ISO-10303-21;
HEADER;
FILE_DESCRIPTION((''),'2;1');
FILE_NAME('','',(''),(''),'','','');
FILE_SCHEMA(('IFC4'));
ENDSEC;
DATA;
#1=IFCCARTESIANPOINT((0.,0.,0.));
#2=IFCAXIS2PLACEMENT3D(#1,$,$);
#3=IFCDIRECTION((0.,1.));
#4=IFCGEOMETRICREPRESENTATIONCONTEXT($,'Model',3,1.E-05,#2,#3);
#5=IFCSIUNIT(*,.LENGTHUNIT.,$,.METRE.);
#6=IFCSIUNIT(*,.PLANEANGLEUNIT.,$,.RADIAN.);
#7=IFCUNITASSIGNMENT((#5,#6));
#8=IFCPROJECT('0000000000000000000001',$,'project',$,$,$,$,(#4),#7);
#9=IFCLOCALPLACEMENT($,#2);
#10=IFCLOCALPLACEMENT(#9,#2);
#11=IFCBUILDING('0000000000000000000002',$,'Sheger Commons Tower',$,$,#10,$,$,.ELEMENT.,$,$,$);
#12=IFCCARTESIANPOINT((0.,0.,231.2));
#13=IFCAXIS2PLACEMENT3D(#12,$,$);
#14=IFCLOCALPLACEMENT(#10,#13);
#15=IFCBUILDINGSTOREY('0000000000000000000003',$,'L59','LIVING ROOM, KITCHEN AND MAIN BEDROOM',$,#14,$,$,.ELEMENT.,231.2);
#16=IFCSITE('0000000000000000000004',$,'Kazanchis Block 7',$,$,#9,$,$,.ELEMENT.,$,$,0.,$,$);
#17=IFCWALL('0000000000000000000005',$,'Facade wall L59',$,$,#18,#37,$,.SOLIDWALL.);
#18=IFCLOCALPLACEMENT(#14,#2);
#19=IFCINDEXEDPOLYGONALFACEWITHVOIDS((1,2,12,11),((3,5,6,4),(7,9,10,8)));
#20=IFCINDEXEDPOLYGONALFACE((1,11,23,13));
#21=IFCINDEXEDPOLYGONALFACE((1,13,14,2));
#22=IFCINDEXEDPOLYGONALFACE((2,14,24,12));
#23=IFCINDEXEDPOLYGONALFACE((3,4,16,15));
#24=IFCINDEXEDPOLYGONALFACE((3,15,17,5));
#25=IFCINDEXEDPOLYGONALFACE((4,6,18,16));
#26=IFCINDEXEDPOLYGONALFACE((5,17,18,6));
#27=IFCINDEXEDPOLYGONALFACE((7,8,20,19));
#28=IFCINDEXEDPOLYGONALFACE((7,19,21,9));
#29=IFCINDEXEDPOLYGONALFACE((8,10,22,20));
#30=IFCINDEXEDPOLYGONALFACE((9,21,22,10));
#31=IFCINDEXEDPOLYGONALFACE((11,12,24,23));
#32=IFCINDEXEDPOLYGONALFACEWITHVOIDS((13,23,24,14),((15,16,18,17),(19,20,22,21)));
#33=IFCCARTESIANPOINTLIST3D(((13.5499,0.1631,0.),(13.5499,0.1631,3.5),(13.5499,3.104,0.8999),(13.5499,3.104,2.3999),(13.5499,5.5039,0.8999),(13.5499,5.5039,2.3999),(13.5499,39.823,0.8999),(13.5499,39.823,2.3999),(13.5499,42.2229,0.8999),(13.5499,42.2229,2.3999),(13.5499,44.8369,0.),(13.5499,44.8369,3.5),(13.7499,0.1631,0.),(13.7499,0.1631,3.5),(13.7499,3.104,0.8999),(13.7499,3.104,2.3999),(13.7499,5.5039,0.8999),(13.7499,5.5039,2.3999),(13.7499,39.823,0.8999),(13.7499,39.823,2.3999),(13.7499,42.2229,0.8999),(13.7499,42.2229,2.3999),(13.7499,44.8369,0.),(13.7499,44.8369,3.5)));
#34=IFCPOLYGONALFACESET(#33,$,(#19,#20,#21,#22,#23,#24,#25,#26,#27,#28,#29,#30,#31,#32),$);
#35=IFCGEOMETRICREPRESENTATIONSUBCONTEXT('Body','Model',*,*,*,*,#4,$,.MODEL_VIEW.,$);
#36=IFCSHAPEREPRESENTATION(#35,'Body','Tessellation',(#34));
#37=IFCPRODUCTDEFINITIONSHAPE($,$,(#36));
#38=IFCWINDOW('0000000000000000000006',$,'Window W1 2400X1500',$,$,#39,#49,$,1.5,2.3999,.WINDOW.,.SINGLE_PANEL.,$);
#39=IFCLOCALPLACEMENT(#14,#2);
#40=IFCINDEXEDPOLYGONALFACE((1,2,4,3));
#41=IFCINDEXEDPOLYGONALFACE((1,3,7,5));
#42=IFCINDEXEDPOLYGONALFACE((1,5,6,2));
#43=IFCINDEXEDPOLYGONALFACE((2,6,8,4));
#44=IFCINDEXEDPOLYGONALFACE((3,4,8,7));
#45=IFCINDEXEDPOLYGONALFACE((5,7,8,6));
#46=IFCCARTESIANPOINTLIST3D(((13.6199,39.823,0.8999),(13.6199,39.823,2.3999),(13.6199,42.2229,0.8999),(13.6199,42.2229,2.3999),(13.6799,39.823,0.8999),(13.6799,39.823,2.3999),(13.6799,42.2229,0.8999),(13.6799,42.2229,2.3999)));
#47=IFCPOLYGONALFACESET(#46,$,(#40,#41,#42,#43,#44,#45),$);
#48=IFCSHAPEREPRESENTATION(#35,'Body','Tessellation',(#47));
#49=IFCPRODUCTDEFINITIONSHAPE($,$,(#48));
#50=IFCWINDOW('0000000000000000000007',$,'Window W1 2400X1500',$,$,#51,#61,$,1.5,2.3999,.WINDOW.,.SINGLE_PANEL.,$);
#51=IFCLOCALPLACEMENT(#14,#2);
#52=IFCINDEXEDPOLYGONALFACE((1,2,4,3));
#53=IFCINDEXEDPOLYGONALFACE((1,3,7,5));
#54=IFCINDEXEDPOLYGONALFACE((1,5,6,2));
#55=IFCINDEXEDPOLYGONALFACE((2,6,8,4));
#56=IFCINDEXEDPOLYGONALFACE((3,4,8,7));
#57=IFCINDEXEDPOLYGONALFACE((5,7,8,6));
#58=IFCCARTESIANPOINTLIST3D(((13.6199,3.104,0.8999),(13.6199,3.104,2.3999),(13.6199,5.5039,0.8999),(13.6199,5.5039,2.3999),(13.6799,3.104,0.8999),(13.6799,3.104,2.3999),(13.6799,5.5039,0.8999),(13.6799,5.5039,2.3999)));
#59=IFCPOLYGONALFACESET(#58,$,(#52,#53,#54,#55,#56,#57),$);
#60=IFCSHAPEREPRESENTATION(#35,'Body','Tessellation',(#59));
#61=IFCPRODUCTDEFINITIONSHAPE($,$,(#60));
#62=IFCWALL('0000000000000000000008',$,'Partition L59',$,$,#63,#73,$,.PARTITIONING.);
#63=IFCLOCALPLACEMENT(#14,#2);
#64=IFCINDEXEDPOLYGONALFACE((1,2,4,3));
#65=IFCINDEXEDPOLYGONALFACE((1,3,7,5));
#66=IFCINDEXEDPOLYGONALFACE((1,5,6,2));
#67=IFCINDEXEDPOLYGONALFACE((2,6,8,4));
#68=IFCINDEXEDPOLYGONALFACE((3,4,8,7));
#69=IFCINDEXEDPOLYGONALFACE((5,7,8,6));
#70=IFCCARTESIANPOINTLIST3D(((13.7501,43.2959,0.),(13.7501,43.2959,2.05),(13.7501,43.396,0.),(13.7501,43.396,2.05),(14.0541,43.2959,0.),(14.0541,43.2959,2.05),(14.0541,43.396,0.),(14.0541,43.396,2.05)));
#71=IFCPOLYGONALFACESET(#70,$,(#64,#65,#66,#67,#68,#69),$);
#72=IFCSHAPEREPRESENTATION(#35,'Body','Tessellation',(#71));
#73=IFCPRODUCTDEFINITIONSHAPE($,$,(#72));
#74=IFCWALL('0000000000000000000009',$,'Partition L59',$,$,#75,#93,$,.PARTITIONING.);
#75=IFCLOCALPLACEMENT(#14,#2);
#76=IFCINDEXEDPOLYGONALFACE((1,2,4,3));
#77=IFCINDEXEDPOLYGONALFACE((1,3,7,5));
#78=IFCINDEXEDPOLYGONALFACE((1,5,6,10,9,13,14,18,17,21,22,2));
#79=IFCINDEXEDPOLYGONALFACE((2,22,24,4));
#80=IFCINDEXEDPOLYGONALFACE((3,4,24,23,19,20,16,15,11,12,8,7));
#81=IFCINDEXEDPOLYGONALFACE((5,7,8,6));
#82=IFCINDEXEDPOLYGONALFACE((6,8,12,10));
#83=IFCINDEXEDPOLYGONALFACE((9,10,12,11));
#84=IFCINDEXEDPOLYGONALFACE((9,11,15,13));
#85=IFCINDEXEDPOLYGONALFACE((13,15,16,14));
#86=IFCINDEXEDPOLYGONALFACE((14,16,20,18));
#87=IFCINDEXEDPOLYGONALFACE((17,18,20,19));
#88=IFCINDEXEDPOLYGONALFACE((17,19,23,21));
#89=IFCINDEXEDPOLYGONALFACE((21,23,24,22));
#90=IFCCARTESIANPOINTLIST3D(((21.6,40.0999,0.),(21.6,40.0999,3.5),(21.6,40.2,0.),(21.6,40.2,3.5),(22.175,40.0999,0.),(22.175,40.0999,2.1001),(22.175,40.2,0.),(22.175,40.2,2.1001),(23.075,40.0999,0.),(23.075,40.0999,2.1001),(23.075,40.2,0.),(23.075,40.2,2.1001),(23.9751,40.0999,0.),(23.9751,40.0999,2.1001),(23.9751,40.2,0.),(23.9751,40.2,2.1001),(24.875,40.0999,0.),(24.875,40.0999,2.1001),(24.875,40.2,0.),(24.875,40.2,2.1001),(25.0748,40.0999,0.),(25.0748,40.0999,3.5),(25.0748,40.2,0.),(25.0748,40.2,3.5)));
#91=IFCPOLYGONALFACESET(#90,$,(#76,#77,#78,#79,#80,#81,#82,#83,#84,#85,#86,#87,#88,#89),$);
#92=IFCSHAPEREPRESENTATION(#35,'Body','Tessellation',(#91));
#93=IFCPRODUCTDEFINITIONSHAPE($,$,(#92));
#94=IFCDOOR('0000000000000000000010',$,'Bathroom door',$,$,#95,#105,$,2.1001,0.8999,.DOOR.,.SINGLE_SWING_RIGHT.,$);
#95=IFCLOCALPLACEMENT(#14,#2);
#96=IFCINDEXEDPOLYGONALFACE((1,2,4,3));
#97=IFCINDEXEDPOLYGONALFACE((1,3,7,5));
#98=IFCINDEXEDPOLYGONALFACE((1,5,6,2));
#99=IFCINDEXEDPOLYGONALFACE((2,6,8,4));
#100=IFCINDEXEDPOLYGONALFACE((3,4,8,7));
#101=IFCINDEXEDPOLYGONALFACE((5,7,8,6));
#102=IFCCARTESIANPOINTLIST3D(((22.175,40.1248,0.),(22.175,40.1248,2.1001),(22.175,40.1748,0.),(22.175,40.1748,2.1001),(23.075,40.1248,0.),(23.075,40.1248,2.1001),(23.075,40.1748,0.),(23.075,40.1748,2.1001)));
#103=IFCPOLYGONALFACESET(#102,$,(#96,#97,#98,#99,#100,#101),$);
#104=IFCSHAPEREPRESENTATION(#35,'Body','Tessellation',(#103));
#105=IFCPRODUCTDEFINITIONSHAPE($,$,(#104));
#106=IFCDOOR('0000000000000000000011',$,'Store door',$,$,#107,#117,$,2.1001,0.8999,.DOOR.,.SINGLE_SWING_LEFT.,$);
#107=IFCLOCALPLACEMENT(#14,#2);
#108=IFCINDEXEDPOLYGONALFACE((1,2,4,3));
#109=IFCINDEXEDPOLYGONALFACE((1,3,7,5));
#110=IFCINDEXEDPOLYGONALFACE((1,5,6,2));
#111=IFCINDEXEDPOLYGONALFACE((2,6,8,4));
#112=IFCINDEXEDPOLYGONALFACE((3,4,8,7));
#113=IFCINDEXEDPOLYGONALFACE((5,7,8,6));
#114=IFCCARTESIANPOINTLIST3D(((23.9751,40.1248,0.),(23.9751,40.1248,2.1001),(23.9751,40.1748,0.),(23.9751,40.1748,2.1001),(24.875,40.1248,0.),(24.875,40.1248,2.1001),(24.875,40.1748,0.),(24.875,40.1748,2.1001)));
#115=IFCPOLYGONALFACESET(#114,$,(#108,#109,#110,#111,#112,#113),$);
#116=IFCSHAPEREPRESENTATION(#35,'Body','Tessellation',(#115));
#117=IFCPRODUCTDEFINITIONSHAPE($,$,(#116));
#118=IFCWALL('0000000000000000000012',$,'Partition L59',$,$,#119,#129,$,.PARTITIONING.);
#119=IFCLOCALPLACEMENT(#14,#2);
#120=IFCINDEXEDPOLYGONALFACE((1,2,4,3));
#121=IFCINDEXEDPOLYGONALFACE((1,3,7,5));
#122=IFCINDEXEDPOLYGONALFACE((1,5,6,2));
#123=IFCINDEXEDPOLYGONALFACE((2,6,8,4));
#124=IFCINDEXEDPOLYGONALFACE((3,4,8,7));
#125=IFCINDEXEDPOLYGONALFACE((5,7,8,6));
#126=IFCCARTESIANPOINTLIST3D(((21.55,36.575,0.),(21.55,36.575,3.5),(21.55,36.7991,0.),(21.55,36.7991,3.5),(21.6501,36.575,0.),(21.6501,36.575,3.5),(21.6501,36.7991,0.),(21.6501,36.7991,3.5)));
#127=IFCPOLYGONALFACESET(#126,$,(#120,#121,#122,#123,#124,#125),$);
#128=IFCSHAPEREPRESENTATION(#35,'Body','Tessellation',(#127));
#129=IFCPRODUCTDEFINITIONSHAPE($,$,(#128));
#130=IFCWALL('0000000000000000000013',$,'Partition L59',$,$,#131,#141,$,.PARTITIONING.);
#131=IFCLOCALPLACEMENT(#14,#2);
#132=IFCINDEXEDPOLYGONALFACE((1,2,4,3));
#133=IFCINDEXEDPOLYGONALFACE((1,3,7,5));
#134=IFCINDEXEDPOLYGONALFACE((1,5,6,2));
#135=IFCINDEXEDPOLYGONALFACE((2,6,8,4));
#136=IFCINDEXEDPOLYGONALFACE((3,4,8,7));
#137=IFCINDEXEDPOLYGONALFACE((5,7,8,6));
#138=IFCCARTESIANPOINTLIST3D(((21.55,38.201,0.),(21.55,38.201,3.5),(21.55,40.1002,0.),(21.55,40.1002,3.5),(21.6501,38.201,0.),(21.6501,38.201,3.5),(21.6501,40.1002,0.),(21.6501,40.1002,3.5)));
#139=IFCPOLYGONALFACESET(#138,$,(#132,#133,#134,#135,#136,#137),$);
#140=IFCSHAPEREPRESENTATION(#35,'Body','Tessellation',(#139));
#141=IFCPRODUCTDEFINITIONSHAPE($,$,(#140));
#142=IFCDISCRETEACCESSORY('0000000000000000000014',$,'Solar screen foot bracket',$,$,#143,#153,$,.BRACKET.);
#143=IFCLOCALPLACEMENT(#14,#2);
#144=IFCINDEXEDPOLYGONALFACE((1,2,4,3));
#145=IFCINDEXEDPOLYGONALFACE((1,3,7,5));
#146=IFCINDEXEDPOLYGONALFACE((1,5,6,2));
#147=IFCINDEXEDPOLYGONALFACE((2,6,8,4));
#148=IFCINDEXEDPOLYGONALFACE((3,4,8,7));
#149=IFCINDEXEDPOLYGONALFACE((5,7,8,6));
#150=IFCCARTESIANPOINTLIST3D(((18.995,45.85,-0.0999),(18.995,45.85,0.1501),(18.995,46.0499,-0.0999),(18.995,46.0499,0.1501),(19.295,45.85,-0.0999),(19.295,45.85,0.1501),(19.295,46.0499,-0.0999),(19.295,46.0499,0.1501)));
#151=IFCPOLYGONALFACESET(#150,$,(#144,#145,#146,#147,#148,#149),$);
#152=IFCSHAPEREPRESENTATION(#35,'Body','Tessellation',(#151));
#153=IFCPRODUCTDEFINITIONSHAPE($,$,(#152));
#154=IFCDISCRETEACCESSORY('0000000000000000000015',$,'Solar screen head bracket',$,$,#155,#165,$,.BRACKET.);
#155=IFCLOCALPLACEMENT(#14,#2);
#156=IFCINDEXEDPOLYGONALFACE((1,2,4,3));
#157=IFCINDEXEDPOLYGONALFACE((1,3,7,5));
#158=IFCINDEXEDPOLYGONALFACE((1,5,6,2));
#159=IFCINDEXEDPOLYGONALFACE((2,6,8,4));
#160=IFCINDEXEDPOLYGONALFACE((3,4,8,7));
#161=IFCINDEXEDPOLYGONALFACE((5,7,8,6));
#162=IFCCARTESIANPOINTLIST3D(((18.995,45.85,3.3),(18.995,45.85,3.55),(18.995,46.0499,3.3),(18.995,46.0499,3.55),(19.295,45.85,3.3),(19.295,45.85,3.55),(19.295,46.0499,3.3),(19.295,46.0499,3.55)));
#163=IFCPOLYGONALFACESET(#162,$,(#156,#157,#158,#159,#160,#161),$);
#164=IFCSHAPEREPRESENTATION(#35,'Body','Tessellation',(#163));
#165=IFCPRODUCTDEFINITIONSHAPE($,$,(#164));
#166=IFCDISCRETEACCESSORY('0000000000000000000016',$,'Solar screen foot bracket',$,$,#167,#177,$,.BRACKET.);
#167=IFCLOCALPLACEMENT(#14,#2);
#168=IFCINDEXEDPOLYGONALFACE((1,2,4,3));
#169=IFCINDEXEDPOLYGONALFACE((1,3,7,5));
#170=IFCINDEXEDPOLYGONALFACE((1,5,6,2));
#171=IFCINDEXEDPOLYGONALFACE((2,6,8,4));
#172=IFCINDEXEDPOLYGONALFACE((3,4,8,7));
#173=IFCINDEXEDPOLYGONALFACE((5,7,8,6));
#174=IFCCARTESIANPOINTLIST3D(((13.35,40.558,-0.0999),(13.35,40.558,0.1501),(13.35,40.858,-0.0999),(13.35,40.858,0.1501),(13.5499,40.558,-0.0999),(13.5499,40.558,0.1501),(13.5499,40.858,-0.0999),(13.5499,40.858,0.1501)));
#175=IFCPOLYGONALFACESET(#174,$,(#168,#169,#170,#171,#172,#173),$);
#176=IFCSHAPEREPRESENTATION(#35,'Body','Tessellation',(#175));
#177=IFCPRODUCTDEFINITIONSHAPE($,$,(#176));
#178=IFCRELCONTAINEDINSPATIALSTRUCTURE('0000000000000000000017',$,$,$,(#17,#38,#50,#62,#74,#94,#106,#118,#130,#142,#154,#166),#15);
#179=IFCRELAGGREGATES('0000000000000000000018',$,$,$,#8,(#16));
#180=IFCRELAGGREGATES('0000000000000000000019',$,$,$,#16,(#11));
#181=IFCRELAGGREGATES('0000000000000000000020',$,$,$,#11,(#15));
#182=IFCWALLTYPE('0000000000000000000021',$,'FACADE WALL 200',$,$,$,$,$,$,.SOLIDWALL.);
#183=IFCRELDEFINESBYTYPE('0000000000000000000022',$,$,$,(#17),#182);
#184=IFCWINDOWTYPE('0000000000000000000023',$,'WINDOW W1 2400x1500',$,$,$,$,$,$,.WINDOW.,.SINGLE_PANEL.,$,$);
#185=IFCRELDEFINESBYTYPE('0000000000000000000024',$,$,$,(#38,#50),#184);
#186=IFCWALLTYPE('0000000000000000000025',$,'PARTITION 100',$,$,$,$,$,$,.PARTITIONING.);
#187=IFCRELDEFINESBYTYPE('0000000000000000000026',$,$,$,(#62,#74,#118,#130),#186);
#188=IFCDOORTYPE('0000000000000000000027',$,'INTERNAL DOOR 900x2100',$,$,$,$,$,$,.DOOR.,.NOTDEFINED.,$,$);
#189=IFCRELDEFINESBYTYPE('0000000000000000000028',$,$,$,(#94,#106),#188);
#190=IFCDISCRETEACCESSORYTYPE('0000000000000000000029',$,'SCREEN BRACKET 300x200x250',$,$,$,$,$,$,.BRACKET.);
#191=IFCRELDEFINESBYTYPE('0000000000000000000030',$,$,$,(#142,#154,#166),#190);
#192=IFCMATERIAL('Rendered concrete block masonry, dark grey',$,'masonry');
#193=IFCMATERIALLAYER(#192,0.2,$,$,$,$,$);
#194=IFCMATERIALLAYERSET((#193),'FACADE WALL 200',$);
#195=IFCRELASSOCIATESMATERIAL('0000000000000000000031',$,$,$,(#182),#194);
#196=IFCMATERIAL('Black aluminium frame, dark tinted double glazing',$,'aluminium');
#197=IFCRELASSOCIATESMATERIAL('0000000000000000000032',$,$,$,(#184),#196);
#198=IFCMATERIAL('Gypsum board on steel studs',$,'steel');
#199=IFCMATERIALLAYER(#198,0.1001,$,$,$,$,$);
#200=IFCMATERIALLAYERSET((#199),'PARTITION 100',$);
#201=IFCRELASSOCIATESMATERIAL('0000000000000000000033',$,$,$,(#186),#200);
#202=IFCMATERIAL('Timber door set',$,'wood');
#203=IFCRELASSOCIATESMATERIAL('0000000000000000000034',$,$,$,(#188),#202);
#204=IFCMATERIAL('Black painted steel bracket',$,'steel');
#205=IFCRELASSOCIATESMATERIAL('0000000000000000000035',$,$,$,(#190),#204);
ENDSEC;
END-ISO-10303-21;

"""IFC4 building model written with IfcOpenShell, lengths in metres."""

from ifc_helpers import new_model, si_unit, direction, frame, frame_2d, origin, origin_2d, place, context, subcontext, project, spatial, rectangle, extrude, material, layer, layer_set, type_object, element, fill, save


model = new_model("IFC4")

# Units and contexts
model_context = context("Model", 3, precision=1e-05, world=origin(), true_north=direction((0.0, 1.0)))
body_context = subcontext(model_context, "Body", "Model", "MODEL_VIEW")
ifc_project = project(units=[si_unit("LENGTHUNIT", "METRE"), si_unit("PLANEANGLEUNIT", "RADIAN")], contexts=[model_context])

# Site, building, storey
site_placement = place(None, origin())
site = spatial("IfcSite", under=ifc_project, at=site_placement, Name="Kazanchis Block 7", CompositionType="ELEMENT", RefElevation=0.0)
building_placement = place(site_placement, origin())
building = spatial("IfcBuilding", under=site, at=building_placement, Name="Sheger Commons Tower", CompositionType="ELEMENT")
storey_placement = place(building_placement, frame((0.0, 0.0, 231.2)))
storey = spatial("IfcBuildingStorey", under=building, at=storey_placement, Name="L59", Description="LIVING ROOM, KITCHEN AND MAIN BEDROOM", CompositionType="ELEMENT", Elevation=231.2)

# Shared definitions
ifc_material_1 = material(Name="Rendered concrete block masonry, dark grey", Category="masonry")
ifc_layer_1 = layer(ifc_material_1, 0.2)
ifc_layer_set_1 = layer_set([ifc_layer_1], Name="FACADE WALL 200")
wall_type_1 = type_object("IfcWallType", Name="FACADE WALL 200", PredefinedType="SOLIDWALL", material=ifc_layer_set_1)

# Wall, openings, windows
wall_1_placement = place(storey_placement, frame((13.6499, 44.8369, 0.0), z_axis=(0.0, 0.0, 1.0), x_axis=(0.0, -1.0, 0.0)))
wall_1 = element("IfcWall", 1, at=wall_1_placement, inside=storey, type_object=wall_type_1, Name="Facade wall L59", PredefinedType="SOLIDWALL", context=body_context, shape_type="SweptSolid", body=[
    extrude(rectangle(XDim=44.6738, YDim=0.2, at=frame_2d((22.3369, 0.0))), origin(), (0.0, 0.0, 1.0), 3.5),
])
opening_1_placement = place(wall_1_placement, frame((2.614, 0.0, 0.8999)))
opening_1 = element("IfcOpeningElement", 2, at=opening_1_placement, cuts=wall_1, PredefinedType="OPENING", context=body_context, shape_type="SweptSolid", body=[
    extrude(rectangle(XDim=2.3999, YDim=1.5, at=frame_2d((1.2, 0.75))), frame((0.0, 0.1099, 0.0), z_axis=(0.0, -1.0, 0.0), x_axis=(1.0, 0.0, 0.0)), (0.0, 0.0, 1.0), 0.22),
])
opening_2_placement = place(wall_1_placement, frame((39.333, 0.0, 0.8999)))
opening_2 = element("IfcOpeningElement", 3, at=opening_2_placement, cuts=wall_1, PredefinedType="OPENING", context=body_context, shape_type="SweptSolid", body=[
    extrude(rectangle(XDim=2.3999, YDim=1.5, at=frame_2d((1.2, 0.75))), frame((0.0, 0.1099, 0.0), z_axis=(0.0, -1.0, 0.0), x_axis=(1.0, 0.0, 0.0)), (0.0, 0.0, 1.0), 0.22),
])
ifc_material_2 = material(Name="Black aluminium frame, dark tinted double glazing", Category="aluminium")
window_type = type_object("IfcWindowType", Name="WINDOW W1 2400x1500", PartitioningType="SINGLE_PANEL", PredefinedType="WINDOW", material=ifc_material_2)
window_1_placement = place(opening_1_placement, origin())
window_1 = element("IfcWindow", 4, at=window_1_placement, inside=storey, type_object=window_type, Name="Window W1 2400X1500", OverallHeight=1.5, OverallWidth=2.3999, PartitioningType="SINGLE_PANEL", PredefinedType="WINDOW", context=body_context, shape_type="SweptSolid", body=[
    extrude(rectangle(XDim=2.3999, YDim=1.5, at=frame_2d((1.2, 0.75))), frame((0.0, 0.03, 0.0), z_axis=(0.0, -1.0, 0.0), x_axis=(1.0, 0.0, 0.0)), (0.0, 0.0, 1.0), 0.0601),
])
fill(opening_1, window_1)
window_2_placement = place(opening_2_placement, origin())
window_2 = element("IfcWindow", 5, at=window_2_placement, inside=storey, type_object=window_type, Name="Window W1 2400X1500", OverallHeight=1.5, OverallWidth=2.3999, PartitioningType="SINGLE_PANEL", PredefinedType="WINDOW", context=body_context, shape_type="SweptSolid", body=[
    extrude(rectangle(XDim=2.3999, YDim=1.5, at=frame_2d((1.2, 0.75))), frame((0.0, 0.03, 0.0), z_axis=(0.0, -1.0, 0.0), x_axis=(1.0, 0.0, 0.0)), (0.0, 0.0, 1.0), 0.0601),
])
fill(opening_2, window_2)

# Wall
ifc_material_3 = material(Name="Gypsum board on steel studs", Category="steel")
ifc_layer_2 = layer(ifc_material_3, 0.1001)
ifc_layer_set_2 = layer_set([ifc_layer_2], Name="PARTITION 100")
wall_type_2 = type_object("IfcWallType", Name="PARTITION 100", PredefinedType="PARTITIONING", material=ifc_layer_set_2)
wall_2_placement = place(storey_placement, frame((14.054, 43.3459, 0.0), z_axis=(0.0, 0.0, 1.0), x_axis=(-1.0, 0.0, 0.0)))
element("IfcWall", 6, at=wall_2_placement, inside=storey, type_object=wall_type_2, Name="Partition L59", PredefinedType="PARTITIONING", context=body_context, shape_type="SweptSolid", body=[
    extrude(rectangle(XDim=0.304, YDim=0.1001, at=frame_2d((0.1519, 0.0))), origin(), (0.0, 0.0, 1.0), 2.05),
])

# Wall, openings, doors
wall_3_placement = place(storey_placement, frame((21.6001, 40.1499, 0.0), z_axis=(0.0, 0.0, 1.0), x_axis=(1.0, 0.0, 0.0)))
wall_3 = element("IfcWall", 7, at=wall_3_placement, inside=storey, type_object=wall_type_2, Name="Partition L59", PredefinedType="PARTITIONING", context=body_context, shape_type="SweptSolid", body=[
    extrude(rectangle(XDim=3.4749, YDim=0.1001, at=frame_2d((1.7373, 0.0))), origin(), (0.0, 0.0, 1.0), 3.5),
])
opening_3_placement = place(wall_3_placement, frame((0.575, 0.0, 0.0)))
opening_3 = element("IfcOpeningElement", 8, at=opening_3_placement, cuts=wall_3, PredefinedType="OPENING", context=body_context, shape_type="SweptSolid", body=[
    extrude(rectangle(XDim=0.8999, YDim=2.1001, at=frame_2d((0.45, 1.05))), frame((0.0, 0.0601, 0.0), z_axis=(0.0, -1.0, 0.0), x_axis=(1.0, 0.0, 0.0)), (0.0, 0.0, 1.0), 0.1201),
])
opening_4_placement = place(wall_3_placement, frame((2.375, 0.0, 0.0)))
opening_4 = element("IfcOpeningElement", 9, at=opening_4_placement, cuts=wall_3, PredefinedType="OPENING", context=body_context, shape_type="SweptSolid", body=[
    extrude(rectangle(XDim=0.8999, YDim=2.1001, at=frame_2d((0.45, 1.05))), frame((0.0, 0.0601, 0.0), z_axis=(0.0, -1.0, 0.0), x_axis=(1.0, 0.0, 0.0)), (0.0, 0.0, 1.0), 0.1201),
])
ifc_material_4 = material(Name="Timber door set", Category="wood")
door_type_1 = type_object("IfcDoorType", Name="INTERNAL DOOR 900x2100", OperationType="NOTDEFINED", PredefinedType="DOOR", material=ifc_material_4)
door_1_placement = place(opening_3_placement, origin())
door_1 = element("IfcDoor", 10, at=door_1_placement, inside=storey, type_object=door_type_1, Name="Bathroom door", OperationType="SINGLE_SWING_RIGHT", OverallHeight=2.1001, OverallWidth=0.8999, PredefinedType="DOOR", context=body_context, shape_type="SweptSolid", body=[
    extrude(rectangle(XDim=0.8999, YDim=2.1001, at=frame_2d((0.45, 1.05))), frame((0.0, 0.0249, 0.0), z_axis=(0.0, -1.0, 0.0), x_axis=(1.0, 0.0, 0.0)), (0.0, 0.0, 1.0), 0.05),
])
fill(opening_3, door_1)
door_2_placement = place(opening_4_placement, origin())
door_2 = element("IfcDoor", 11, at=door_2_placement, inside=storey, type_object=door_type_1, Name="Store door", OperationType="SINGLE_SWING_LEFT", OverallHeight=2.1001, OverallWidth=0.8999, PredefinedType="DOOR", context=body_context, shape_type="SweptSolid", body=[
    extrude(rectangle(XDim=0.8999, YDim=2.1001, at=frame_2d((0.45, 1.05))), frame((0.0, 0.0249, 0.0), z_axis=(0.0, -1.0, 0.0), x_axis=(1.0, 0.0, 0.0)), (0.0, 0.0, 1.0), 0.05),
])
fill(opening_4, door_2)

# Walls
wall_4_placement = place(storey_placement, frame((21.6001, 36.575, 0.0), z_axis=(0.0, 0.0, 1.0), x_axis=(0.0, 1.0, 0.0)))
element("IfcWall", 12, at=wall_4_placement, inside=storey, type_object=wall_type_2, Name="Partition L59", PredefinedType="PARTITIONING", context=body_context, shape_type="SweptSolid", body=[
    extrude(rectangle(XDim=0.2241, YDim=0.1001, at=frame_2d((0.1121, 0.0))), origin(), (0.0, 0.0, 1.0), 3.5),
])
wall_5_placement = place(storey_placement, frame((21.6001, 38.2009, 0.0), z_axis=(0.0, 0.0, 1.0), x_axis=(0.0, 1.0, 0.0)))
element("IfcWall", 13, at=wall_5_placement, inside=storey, type_object=wall_type_2, Name="Partition L59", PredefinedType="PARTITIONING", context=body_context, shape_type="SweptSolid", body=[
    extrude(rectangle(XDim=1.8992, YDim=0.1001, at=frame_2d((0.9497, 0.0))), origin(), (0.0, 0.0, 1.0), 3.5),
])

# Discrete accessories
ifc_material_5 = material(Name="Black painted steel bracket", Category="steel")
discrete_accessory_type = type_object("IfcDiscreteAccessoryType", Name="SCREEN BRACKET 300x200x250", PredefinedType="BRACKET", material=ifc_material_5)
for number, where, z_axis, x_axis, name in (
    (14, (19.145, 45.95, -0.0999), (0.0, 0.0, 1.0), (-1.0, 0.0, 0.0), "Solar screen foot bracket"),
    (15, (19.145, 45.95, 3.3), (0.0, 0.0, 1.0), (-1.0, 0.0, 0.0), "Solar screen head bracket"),
    (16, (13.45, 40.708, -0.0999), (0.0, 0.0, 1.0), (0.0, -1.0, 0.0), "Solar screen foot bracket"),
):
    element("IfcDiscreteAccessory", number, at=place(storey_placement, frame(where, z_axis=z_axis, x_axis=x_axis)), inside=storey, type_object=discrete_accessory_type, Name=name, PredefinedType="BRACKET", context=body_context, shape_type="SweptSolid", body=[
        extrude(rectangle(XDim=0.3, YDim=0.2, at=origin_2d()), origin(), (0.0, 0.0, 1.0), 0.25),
    ])

save(model, "model.ifc")
